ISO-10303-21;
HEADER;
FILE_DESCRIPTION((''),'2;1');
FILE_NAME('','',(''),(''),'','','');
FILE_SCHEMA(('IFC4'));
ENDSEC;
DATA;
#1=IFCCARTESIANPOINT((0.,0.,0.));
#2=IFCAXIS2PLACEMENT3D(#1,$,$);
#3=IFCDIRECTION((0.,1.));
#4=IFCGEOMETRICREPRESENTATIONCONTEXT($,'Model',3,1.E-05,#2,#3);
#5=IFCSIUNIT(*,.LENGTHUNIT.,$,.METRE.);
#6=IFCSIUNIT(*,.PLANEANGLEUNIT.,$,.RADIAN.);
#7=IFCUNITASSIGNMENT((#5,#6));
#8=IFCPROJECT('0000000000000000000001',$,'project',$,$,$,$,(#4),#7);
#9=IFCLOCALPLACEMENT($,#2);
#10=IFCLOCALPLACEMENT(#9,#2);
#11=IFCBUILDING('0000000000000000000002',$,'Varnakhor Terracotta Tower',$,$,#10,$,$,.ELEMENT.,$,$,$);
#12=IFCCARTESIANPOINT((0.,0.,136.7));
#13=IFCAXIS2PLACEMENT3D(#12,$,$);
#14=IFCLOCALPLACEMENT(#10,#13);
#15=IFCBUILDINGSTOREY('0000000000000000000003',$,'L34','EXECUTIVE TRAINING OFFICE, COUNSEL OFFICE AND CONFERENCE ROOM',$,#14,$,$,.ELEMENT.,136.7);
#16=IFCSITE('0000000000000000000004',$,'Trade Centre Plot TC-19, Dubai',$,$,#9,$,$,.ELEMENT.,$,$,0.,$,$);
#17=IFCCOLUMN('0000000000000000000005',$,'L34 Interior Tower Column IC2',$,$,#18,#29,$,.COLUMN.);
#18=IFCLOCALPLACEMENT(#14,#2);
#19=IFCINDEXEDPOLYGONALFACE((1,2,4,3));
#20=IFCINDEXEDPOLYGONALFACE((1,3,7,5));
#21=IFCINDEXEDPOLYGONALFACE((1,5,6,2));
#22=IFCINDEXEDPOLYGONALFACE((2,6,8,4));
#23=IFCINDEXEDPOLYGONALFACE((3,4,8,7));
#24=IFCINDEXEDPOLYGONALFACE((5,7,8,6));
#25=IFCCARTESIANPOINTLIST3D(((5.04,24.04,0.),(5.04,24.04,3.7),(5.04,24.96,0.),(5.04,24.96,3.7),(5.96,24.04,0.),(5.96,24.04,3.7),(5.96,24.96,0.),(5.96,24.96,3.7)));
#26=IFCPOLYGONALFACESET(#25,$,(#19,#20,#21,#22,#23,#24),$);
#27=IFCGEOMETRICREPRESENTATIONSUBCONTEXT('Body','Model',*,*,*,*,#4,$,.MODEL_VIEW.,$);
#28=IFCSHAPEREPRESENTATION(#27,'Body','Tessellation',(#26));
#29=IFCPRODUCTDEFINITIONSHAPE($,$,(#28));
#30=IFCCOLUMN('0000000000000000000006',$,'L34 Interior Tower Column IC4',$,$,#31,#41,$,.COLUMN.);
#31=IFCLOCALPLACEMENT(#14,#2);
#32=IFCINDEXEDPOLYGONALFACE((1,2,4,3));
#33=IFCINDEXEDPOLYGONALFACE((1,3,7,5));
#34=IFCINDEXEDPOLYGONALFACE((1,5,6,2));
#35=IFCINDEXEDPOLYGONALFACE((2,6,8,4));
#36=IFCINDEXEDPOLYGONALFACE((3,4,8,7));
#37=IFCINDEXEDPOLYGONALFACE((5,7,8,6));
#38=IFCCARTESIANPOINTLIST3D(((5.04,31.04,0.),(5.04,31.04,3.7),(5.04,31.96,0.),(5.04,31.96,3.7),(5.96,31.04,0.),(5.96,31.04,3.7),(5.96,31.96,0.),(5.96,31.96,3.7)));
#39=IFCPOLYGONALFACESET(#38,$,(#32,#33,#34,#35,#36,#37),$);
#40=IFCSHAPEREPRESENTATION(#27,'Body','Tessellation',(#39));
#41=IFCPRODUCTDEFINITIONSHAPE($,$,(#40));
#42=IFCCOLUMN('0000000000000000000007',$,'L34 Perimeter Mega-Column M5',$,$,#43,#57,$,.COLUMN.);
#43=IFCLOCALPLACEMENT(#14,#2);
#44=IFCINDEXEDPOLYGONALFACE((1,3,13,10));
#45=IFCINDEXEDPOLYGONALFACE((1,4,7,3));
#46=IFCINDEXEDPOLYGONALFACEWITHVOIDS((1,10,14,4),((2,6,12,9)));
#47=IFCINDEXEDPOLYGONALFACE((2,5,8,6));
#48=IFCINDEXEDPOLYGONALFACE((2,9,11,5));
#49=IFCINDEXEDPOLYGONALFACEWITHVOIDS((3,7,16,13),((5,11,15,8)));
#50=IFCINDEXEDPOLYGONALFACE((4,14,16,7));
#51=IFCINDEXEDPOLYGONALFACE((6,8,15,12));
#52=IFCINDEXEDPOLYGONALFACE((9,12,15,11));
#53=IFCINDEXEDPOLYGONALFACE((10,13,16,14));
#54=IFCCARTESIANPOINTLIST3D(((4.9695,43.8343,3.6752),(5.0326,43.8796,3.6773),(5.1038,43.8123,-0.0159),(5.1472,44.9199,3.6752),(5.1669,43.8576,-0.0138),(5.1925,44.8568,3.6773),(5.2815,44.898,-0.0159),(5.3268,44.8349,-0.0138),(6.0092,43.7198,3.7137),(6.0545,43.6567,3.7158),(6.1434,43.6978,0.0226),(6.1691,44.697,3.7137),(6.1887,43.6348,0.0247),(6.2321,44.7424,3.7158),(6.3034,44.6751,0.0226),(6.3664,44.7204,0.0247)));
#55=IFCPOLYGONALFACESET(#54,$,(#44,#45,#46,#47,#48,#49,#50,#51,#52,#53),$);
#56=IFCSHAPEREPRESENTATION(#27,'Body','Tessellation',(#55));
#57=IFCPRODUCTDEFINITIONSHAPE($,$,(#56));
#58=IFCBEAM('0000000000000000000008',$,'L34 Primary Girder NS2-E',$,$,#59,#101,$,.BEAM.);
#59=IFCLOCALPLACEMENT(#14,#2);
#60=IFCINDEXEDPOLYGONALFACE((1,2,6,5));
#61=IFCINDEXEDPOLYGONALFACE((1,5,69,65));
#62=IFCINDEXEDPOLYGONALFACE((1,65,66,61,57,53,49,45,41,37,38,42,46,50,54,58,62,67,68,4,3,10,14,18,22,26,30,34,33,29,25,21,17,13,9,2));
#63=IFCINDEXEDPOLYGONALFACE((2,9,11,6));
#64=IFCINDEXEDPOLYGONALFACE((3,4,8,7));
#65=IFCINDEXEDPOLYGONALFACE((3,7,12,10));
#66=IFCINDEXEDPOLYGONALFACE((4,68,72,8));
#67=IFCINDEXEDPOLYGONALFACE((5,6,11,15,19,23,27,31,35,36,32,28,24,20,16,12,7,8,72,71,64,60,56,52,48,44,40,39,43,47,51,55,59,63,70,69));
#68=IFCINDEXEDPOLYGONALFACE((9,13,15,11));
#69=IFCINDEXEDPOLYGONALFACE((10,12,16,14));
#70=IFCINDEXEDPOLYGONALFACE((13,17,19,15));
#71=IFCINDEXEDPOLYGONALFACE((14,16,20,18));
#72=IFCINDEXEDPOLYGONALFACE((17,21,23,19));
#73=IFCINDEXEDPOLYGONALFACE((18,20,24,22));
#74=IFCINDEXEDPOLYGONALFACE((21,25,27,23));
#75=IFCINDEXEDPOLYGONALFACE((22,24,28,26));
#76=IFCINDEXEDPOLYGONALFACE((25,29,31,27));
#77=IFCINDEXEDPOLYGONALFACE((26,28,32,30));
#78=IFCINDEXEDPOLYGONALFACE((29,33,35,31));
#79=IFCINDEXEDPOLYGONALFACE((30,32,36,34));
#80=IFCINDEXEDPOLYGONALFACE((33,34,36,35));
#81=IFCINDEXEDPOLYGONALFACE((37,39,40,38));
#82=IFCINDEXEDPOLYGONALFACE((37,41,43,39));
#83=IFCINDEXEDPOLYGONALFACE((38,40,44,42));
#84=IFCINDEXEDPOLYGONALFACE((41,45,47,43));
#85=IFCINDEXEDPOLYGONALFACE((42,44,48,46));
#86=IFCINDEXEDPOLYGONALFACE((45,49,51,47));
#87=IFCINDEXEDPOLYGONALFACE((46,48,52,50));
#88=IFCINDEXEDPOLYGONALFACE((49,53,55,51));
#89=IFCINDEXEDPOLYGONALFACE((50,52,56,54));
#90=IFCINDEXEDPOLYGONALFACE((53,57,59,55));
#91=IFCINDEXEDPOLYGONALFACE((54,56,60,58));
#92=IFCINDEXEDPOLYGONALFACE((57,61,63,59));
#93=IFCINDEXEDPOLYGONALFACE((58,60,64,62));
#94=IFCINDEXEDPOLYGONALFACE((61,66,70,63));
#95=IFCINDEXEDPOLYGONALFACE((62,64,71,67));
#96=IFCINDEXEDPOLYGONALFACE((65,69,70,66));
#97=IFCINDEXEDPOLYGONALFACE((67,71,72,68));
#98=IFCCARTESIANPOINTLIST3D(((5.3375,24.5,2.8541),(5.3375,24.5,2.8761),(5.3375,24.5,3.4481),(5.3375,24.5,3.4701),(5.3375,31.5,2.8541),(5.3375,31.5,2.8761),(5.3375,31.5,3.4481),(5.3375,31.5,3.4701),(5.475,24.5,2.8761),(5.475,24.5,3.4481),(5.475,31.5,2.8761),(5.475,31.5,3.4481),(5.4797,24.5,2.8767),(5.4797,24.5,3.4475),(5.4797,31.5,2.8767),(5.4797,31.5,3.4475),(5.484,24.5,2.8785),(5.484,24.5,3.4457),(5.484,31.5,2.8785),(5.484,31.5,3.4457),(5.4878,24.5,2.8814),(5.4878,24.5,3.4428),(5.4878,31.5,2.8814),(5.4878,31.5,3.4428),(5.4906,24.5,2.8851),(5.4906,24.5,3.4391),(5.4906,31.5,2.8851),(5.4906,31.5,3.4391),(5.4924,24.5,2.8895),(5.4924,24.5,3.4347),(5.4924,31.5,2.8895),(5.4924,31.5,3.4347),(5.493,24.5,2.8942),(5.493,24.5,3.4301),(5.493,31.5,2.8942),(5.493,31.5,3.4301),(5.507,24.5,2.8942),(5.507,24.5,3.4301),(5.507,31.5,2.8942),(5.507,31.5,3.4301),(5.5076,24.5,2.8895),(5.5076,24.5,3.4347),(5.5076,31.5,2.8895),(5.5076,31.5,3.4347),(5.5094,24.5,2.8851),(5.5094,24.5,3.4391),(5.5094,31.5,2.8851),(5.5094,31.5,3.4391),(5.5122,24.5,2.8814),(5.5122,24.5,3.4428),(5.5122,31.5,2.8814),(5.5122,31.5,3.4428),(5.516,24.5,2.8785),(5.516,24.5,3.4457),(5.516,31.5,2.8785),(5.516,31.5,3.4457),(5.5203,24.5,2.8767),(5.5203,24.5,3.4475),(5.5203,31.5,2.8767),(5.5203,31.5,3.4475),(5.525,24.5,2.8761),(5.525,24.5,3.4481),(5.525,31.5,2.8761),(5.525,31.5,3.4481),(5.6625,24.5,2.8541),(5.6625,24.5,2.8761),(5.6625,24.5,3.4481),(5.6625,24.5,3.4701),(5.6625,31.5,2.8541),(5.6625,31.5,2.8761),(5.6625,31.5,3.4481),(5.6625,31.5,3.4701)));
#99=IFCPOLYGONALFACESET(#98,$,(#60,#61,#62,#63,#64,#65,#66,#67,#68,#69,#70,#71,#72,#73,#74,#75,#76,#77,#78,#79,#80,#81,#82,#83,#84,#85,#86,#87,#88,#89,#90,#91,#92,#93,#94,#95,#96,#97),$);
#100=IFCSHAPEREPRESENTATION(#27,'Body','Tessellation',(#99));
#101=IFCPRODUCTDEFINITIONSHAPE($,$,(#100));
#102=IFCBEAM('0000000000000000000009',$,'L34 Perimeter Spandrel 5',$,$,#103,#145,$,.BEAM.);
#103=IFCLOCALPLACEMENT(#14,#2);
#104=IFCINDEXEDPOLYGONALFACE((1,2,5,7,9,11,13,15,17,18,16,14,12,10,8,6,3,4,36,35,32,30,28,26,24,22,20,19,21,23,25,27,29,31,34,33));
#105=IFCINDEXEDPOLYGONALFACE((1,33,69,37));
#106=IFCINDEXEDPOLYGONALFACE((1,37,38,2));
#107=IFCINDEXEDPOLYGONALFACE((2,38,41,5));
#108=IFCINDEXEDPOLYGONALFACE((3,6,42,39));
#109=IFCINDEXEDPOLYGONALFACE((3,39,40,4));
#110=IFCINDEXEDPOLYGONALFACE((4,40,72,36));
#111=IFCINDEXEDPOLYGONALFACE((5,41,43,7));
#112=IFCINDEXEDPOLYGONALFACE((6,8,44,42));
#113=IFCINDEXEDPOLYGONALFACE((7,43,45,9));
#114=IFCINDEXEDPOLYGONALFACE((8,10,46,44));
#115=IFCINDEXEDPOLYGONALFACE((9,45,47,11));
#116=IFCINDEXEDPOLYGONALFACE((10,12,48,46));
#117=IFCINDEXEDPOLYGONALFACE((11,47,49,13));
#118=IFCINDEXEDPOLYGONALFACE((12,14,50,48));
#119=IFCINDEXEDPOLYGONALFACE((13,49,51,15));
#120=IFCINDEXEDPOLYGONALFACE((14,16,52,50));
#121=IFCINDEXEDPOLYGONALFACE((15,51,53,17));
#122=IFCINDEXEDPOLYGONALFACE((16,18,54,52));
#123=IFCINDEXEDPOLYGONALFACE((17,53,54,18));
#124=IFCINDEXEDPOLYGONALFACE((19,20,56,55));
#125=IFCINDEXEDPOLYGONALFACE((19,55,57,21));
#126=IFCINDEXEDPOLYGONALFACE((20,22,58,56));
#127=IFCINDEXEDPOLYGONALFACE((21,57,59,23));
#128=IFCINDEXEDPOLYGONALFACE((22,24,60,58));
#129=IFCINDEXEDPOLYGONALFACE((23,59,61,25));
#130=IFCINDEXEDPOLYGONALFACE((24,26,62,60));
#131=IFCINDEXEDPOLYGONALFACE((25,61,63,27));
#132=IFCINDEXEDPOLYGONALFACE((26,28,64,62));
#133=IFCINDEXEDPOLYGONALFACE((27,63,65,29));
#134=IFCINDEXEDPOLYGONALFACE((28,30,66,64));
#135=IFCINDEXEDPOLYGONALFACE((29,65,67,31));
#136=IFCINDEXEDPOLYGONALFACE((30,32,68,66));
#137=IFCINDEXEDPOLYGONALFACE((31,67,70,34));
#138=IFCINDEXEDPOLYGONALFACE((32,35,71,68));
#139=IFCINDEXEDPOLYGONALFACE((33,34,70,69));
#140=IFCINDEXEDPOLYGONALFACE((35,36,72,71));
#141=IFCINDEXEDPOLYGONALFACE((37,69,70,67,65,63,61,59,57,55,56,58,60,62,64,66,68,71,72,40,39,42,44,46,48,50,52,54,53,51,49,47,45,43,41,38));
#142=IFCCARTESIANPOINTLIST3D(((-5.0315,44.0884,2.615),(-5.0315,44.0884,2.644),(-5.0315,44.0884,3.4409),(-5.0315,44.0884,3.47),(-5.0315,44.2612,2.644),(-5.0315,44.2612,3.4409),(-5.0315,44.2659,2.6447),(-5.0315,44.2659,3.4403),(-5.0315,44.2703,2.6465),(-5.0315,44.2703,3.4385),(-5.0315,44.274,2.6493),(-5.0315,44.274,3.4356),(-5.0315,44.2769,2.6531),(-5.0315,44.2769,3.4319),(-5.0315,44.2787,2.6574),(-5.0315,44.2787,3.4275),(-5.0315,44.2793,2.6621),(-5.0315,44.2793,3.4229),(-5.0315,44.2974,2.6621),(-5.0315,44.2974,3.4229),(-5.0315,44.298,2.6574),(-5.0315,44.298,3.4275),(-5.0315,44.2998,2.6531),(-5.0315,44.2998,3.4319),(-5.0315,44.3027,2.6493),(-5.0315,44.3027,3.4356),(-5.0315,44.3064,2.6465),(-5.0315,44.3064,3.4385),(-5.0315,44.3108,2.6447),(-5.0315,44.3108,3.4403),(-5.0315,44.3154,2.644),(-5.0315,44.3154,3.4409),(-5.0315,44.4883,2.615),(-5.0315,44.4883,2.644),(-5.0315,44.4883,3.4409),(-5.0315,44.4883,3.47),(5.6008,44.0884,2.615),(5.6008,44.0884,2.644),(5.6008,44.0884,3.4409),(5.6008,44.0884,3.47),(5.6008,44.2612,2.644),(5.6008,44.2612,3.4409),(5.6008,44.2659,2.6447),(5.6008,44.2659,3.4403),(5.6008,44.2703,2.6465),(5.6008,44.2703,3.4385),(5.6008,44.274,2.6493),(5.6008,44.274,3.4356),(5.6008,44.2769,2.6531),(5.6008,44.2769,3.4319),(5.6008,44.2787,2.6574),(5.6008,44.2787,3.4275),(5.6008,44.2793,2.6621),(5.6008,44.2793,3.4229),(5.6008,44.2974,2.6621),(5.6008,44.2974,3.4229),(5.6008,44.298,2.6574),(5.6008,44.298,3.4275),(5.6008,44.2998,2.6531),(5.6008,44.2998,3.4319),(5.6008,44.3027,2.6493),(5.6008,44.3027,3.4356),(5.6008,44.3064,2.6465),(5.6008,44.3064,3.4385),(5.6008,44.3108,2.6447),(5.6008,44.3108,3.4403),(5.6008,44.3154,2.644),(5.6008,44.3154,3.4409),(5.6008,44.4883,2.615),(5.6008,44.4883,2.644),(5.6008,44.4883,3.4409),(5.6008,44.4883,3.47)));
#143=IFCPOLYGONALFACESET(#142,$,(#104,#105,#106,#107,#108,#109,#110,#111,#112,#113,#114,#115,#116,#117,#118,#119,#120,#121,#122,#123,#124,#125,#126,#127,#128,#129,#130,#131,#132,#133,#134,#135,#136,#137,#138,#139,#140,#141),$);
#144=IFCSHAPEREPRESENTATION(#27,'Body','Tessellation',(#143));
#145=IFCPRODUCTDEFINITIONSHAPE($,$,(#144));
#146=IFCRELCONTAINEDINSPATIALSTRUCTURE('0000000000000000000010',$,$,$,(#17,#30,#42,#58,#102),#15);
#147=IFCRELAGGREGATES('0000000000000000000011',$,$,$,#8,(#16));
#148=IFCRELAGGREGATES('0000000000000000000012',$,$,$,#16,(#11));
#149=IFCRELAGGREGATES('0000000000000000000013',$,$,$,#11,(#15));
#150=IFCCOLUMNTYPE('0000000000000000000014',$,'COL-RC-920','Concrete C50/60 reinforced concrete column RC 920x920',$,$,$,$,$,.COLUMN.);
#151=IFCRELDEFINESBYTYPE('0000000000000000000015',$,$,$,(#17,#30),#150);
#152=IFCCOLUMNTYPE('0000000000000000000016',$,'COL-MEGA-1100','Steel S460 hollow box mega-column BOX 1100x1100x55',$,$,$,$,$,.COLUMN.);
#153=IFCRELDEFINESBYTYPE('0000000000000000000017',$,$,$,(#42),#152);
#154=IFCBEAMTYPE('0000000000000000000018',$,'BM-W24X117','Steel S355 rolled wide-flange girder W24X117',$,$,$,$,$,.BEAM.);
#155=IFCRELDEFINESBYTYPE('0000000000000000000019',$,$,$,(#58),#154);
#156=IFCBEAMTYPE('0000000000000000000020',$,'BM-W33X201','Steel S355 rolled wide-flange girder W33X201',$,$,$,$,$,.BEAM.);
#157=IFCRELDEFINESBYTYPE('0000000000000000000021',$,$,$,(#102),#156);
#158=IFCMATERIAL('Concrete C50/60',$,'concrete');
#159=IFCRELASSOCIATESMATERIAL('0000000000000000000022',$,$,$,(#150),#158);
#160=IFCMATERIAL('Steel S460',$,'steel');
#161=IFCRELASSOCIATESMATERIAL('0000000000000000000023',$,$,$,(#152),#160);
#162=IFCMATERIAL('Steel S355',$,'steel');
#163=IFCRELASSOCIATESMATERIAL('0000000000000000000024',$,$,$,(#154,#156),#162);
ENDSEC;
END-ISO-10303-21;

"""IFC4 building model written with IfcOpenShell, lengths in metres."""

from ifc_helpers import new_model, si_unit, direction, frame, origin, origin_2d, place, context, subcontext, project, spatial, rectangle, hollow_rectangle, i_section, extrude, source, transform, mapped, material, material_profile, profile_set, type_object, element, save


model = new_model("IFC4")

# Units and contexts
model_context = context("Model", 3, precision=1e-05, world=origin(), true_north=direction((0.0, 1.0)))
body_context = subcontext(model_context, "Body", "Model", "MODEL_VIEW")
ifc_project = project(units=[si_unit("LENGTHUNIT", "METRE"), si_unit("PLANEANGLEUNIT", "RADIAN")], contexts=[model_context])

# Site, building, storey
site_placement = place(None, origin())
site = spatial("IfcSite", under=ifc_project, at=site_placement, Name="Trade Centre Plot TC-19, Dubai", CompositionType="ELEMENT", RefElevation=0.0)
building_placement = place(site_placement, origin())
building = spatial("IfcBuilding", under=site, at=building_placement, Name="Varnakhor Terracotta Tower", CompositionType="ELEMENT")
storey_placement = place(building_placement, frame((0.0, 0.0, 136.7)))
storey = spatial("IfcBuildingStorey", under=building, at=storey_placement, Name="L34", Description="EXECUTIVE TRAINING OFFICE, COUNSEL OFFICE AND CONFERENCE ROOM", CompositionType="ELEMENT", Elevation=136.7)

# Columns
ifc_material_1 = material(Name="Concrete C50/60", Category="concrete")
ifc_material_profile_1 = material_profile(ifc_material_1, rectangle(XDim=0.9199, YDim=0.9199, at=origin_2d()), Name="RC 920x920")
ifc_profile_set_1 = profile_set([ifc_material_profile_1], Name="Concrete C50/60")
column_type_1 = type_object("IfcColumnType", Name="COL-RC-920", Description="Concrete C50/60 reinforced concrete column RC 920x920", PredefinedType="COLUMN", material=ifc_profile_set_1)
shared_shape_1 = source(origin(), body_context, "Body", "SweptSolid", [
    extrude(rectangle(XDim=0.9199, YDim=0.9199, at=origin_2d()), origin(), (0.0, 0.0, 1.0), 3.7),
])
for number, where, z_axis, x_axis, name in (
    (1, (5.5, 24.5, 0.0), (0.0, 0.0, 1.0), (1.0, 0.0, 0.0), "L34 Interior Tower Column IC2"),
    (2, (5.5, 31.5, 0.0), (0.0, 0.0, 1.0), (1.0, 0.0, 0.0), "L34 Interior Tower Column IC4"),
):
    element("IfcColumn", number, at=place(storey_placement, frame(where, z_axis=z_axis, x_axis=x_axis)), inside=storey, type_object=column_type_1, Name=name, PredefinedType="COLUMN", context=body_context, shape_type="MappedRepresentation", body=[
        mapped(shared_shape_1, transform((0.0, 0.0, 0.0), scale=1.0)),
    ])
ifc_material_2 = material(Name="Steel S460", Category="steel")
ifc_material_profile_2 = material_profile(ifc_material_2, hollow_rectangle(XDim=1.1001, YDim=1.1001, WallThickness=0.0549, at=origin_2d()), Name="BOX 1100x1100x55")
ifc_profile_set_2 = profile_set([ifc_material_profile_2], Name="Steel S460")
column_type_2 = type_object("IfcColumnType", Name="COL-MEGA-1100", Description="Steel S460 hollow box mega-column BOX 1100x1100x55", PredefinedType="COLUMN", material=ifc_profile_set_2)
shared_shape_2 = source(origin(), body_context, "Body", "SweptSolid", [
    extrude(hollow_rectangle(XDim=1.1001, YDim=1.1001, WallThickness=0.0549, at=origin_2d()), origin(), (0.0, 0.0, 1.0), 3.6936),
])
column_placement = place(storey_placement, frame((5.7351, 44.2664, 0.0044), z_axis=(-0.036353, 0.005949, 0.999321), x_axis=(-0.161489, -0.986875, 0.0)))
element("IfcColumn", 3, at=column_placement, inside=storey, type_object=column_type_2, Name="L34 Perimeter Mega-Column M5", PredefinedType="COLUMN", context=body_context, shape_type="MappedRepresentation", body=[
    mapped(shared_shape_2, transform((0.0, 0.0, 0.0), scale=1.0)),
])

# Beams
ifc_material_3 = material(Name="Steel S355", Category="steel")
ifc_material_profile_3 = material_profile(ifc_material_3, i_section(OverallWidth=0.325, OverallDepth=0.616, WebThickness=0.0139, FlangeThickness=0.022, FilletRadius=0.0181, at=origin_2d()), Name="W24X117")
ifc_profile_set_3 = profile_set([ifc_material_profile_3], Name="Steel S355")
beam_type_1 = type_object("IfcBeamType", Name="BM-W24X117", Description="Steel S355 rolled wide-flange girder W24X117", PredefinedType="BEAM", material=ifc_profile_set_3)
shared_shape_3 = source(origin(), body_context, "Body", "SweptSolid", [
    extrude(i_section(OverallWidth=0.325, OverallDepth=0.616, WebThickness=0.0139, FlangeThickness=0.022, FilletRadius=0.0181, at=origin_2d()), origin(), (0.0, 0.0, 1.0), 7.0),
])
beam_1_placement = place(storey_placement, frame((5.5, 24.5, 3.1621), z_axis=(0.0, 1.0, 0.0), x_axis=(-1.0, 0.0, 0.0)))
element("IfcBeam", 4, at=beam_1_placement, inside=storey, type_object=beam_type_1, Name="L34 Primary Girder NS2-E", PredefinedType="BEAM", context=body_context, shape_type="MappedRepresentation", body=[
    mapped(shared_shape_3, transform((0.0, 0.0, 0.0), scale=1.0)),
])
ifc_material_profile_4 = material_profile(ifc_material_3, i_section(OverallWidth=0.3999, OverallDepth=0.855, WebThickness=0.0181, FlangeThickness=0.0291, FilletRadius=0.0181, at=origin_2d()), Name="W33X201")
ifc_profile_set_4 = profile_set([ifc_material_profile_4], Name="Steel S355")
beam_type_2 = type_object("IfcBeamType", Name="BM-W33X201", Description="Steel S355 rolled wide-flange girder W33X201", PredefinedType="BEAM", material=ifc_profile_set_4)
shared_shape_4 = source(origin(), body_context, "Body", "SweptSolid", [
    extrude(i_section(OverallWidth=0.3999, OverallDepth=0.855, WebThickness=0.0181, FlangeThickness=0.0291, FilletRadius=0.0181, at=origin_2d()), origin(), (0.0, 0.0, 1.0), 10.6323),
])
beam_2_placement = place(storey_placement, frame((5.6008, 44.2883, 3.0425), z_axis=(-1.0, 0.0, 0.0), x_axis=(0.0, -1.0, 0.0)))
element("IfcBeam", 5, at=beam_2_placement, inside=storey, type_object=beam_type_2, Name="L34 Perimeter Spandrel 5", PredefinedType="BEAM", context=body_context, shape_type="MappedRepresentation", body=[
    mapped(shared_shape_4, transform((0.0, 0.0, 0.0), scale=1.0)),
])

save(model, "model.ifc")
